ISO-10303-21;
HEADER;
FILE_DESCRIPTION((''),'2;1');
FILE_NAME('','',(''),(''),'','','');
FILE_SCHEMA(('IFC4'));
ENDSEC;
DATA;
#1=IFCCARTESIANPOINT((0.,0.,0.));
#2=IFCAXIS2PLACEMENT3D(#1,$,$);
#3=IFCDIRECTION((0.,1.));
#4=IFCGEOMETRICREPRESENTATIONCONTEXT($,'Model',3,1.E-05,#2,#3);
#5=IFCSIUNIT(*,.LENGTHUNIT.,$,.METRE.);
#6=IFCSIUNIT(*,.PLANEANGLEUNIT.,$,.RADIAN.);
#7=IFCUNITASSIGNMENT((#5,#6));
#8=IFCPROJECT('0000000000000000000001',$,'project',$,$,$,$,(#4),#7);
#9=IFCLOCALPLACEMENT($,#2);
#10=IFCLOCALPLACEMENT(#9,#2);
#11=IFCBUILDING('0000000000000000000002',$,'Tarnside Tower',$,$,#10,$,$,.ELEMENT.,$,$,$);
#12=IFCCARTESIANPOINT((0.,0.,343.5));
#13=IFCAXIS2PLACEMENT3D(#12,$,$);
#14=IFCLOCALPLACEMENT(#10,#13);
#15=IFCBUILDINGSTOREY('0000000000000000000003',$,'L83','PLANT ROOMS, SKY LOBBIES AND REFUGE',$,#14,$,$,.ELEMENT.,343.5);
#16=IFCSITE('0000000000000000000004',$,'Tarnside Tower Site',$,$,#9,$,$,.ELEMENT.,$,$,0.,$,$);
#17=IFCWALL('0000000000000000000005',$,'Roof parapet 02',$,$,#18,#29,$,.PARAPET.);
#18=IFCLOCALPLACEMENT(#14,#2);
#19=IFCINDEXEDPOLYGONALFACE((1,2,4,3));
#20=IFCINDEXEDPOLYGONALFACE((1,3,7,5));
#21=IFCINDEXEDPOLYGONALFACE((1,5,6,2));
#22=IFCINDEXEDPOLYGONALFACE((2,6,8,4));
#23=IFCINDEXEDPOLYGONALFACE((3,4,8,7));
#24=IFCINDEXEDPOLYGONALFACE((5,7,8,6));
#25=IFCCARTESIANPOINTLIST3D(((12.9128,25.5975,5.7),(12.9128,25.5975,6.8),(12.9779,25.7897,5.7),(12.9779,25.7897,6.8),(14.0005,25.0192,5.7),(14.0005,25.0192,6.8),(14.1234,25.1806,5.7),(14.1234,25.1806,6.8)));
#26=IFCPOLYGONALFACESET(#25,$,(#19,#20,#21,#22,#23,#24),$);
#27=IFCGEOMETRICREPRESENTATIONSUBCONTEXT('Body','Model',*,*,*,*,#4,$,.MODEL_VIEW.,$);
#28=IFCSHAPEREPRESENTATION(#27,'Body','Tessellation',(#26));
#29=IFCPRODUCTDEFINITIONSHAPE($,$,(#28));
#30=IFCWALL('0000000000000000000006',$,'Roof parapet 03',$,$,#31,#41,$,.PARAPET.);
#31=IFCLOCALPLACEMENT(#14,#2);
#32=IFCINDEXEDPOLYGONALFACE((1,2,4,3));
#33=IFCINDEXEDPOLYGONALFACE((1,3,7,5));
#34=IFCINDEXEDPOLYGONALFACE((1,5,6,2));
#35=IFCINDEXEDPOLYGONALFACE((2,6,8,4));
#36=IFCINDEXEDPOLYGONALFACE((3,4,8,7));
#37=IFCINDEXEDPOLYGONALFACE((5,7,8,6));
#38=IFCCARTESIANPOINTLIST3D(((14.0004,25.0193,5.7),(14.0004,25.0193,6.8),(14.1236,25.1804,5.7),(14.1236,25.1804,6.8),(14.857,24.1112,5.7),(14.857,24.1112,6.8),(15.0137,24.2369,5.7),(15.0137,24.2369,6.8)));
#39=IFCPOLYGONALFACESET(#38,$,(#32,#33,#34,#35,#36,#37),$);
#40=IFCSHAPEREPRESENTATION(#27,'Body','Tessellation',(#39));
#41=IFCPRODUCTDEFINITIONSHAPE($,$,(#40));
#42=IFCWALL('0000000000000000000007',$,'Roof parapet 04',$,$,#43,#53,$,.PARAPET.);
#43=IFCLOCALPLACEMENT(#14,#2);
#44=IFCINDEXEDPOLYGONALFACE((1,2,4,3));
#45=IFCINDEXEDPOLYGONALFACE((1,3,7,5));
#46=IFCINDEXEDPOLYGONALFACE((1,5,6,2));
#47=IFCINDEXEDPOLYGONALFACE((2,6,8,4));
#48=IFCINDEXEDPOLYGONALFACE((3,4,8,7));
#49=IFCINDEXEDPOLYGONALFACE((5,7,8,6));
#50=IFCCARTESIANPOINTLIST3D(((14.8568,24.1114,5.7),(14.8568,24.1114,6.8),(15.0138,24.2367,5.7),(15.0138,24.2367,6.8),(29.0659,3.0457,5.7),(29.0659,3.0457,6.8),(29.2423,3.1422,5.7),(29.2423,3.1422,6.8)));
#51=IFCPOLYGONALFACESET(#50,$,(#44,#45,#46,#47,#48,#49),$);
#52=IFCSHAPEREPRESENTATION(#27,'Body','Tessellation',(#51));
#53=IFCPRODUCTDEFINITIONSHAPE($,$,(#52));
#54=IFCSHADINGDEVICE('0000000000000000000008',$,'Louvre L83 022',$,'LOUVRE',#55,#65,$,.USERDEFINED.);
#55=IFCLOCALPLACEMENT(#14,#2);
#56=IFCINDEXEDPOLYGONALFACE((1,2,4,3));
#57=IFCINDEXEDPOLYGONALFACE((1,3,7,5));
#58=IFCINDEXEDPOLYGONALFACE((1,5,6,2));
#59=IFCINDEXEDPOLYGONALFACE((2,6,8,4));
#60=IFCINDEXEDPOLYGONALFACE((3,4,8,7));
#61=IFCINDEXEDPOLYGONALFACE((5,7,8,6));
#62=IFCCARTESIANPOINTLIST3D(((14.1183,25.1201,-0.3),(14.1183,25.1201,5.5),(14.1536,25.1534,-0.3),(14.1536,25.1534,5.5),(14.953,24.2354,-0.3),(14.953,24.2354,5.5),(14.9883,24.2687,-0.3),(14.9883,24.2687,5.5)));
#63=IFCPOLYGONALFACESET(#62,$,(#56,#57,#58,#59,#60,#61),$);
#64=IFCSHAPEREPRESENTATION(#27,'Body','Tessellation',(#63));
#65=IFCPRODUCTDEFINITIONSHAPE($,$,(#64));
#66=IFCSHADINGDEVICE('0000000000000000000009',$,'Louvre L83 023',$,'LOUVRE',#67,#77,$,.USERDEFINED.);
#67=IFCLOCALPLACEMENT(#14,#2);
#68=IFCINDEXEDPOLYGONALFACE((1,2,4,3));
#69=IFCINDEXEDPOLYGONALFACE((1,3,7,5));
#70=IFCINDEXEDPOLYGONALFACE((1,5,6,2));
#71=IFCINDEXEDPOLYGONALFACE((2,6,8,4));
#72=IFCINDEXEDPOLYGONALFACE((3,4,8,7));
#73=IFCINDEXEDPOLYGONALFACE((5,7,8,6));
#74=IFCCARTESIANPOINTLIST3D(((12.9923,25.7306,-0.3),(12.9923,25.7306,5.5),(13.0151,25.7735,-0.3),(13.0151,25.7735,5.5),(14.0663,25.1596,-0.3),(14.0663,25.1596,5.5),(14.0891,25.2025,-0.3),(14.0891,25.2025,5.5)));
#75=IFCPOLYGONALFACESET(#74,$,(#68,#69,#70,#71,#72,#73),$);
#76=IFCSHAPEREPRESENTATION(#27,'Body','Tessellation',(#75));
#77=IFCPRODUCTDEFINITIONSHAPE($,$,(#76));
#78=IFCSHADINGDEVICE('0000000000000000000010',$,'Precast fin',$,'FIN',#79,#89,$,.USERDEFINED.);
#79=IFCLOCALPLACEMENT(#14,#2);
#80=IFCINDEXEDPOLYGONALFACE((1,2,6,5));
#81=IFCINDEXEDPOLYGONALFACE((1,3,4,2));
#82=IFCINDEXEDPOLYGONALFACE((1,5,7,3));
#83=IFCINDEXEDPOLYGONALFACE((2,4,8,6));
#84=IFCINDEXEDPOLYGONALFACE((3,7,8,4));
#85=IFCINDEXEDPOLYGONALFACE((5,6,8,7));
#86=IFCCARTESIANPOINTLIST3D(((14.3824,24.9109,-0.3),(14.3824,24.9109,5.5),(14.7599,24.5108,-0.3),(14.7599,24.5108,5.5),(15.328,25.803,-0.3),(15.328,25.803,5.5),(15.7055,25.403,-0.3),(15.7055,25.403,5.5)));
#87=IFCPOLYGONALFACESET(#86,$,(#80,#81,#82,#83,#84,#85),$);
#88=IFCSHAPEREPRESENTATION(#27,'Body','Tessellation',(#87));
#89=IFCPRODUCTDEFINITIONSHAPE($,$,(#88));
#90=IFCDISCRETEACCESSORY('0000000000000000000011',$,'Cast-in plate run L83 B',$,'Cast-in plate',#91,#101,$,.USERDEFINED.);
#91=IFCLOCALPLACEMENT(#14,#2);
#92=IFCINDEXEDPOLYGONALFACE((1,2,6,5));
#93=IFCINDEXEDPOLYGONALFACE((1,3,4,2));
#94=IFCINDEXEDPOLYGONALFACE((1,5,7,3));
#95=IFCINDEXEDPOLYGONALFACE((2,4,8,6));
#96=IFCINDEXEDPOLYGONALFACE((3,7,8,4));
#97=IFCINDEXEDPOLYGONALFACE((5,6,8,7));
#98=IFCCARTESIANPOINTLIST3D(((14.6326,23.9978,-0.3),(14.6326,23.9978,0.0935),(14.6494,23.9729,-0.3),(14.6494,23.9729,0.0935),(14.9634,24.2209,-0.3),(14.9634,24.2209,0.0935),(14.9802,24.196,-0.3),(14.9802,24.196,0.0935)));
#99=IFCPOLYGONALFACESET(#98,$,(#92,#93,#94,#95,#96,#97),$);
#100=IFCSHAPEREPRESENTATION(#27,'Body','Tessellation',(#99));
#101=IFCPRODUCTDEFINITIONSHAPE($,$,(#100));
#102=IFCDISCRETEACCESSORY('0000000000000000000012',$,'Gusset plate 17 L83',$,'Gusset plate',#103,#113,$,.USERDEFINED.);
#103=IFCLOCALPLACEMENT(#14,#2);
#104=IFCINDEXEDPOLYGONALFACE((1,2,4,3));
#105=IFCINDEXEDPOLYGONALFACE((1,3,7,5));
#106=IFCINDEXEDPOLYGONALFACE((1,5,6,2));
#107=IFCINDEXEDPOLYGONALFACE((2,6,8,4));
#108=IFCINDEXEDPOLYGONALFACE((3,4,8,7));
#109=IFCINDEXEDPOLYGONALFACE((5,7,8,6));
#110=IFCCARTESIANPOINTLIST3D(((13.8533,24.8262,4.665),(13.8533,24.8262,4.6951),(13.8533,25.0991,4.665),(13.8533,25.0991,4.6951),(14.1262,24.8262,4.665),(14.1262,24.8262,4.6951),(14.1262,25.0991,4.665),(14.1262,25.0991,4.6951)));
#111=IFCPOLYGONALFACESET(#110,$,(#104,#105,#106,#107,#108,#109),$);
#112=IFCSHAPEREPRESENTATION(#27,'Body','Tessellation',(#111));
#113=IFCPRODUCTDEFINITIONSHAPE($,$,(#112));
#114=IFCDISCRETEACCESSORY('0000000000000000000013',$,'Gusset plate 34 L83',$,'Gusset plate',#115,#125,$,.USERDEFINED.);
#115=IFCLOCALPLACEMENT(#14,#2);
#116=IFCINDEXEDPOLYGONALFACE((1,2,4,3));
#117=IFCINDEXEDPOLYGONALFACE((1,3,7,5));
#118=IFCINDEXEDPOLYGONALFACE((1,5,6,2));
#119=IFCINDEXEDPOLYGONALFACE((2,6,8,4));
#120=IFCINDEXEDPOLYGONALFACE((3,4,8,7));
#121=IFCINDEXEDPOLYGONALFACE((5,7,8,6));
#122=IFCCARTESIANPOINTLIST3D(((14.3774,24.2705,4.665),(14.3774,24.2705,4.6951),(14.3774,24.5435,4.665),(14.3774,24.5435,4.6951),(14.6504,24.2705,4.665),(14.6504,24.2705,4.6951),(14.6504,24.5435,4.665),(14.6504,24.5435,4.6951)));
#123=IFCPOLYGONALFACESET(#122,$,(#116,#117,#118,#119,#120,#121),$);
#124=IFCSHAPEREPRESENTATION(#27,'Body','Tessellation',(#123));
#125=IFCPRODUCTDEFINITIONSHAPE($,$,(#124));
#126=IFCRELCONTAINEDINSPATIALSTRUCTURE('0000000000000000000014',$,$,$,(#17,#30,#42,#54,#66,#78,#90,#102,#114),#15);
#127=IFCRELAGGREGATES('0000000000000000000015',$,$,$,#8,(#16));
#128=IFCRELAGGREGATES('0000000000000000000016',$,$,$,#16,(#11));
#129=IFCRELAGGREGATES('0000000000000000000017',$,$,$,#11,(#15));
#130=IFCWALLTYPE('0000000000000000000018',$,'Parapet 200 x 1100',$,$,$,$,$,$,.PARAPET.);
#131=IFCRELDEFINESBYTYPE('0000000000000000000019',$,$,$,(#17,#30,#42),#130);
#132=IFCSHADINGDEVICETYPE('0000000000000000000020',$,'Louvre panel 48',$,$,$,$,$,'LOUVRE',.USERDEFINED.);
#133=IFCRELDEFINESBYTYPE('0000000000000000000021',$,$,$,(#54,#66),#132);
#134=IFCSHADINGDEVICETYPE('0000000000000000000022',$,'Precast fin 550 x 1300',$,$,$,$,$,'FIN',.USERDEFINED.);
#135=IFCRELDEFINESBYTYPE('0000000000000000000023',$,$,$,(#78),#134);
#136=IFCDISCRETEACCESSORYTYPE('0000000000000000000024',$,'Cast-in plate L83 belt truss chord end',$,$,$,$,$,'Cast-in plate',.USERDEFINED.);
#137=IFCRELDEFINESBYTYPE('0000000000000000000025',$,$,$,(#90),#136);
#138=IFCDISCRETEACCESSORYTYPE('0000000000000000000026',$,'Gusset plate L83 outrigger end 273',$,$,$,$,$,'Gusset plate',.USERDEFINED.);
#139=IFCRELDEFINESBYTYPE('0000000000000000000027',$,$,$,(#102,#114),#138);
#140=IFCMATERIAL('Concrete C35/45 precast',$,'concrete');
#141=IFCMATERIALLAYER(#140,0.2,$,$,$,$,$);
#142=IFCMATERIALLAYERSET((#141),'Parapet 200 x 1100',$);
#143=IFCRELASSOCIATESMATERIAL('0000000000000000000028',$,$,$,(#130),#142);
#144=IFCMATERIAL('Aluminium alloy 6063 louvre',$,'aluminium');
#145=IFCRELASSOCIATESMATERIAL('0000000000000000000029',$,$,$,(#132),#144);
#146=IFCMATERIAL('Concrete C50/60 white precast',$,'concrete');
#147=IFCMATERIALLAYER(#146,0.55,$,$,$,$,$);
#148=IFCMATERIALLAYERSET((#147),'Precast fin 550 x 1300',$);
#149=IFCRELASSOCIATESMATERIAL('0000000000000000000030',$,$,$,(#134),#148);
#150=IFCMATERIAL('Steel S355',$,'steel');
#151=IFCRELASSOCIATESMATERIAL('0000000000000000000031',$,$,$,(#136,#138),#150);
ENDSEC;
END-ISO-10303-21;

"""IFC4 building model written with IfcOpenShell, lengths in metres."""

from ifc_helpers import new_model, si_unit, direction, frame, origin, origin_2d, place, context, subcontext, project, spatial, polyline, rectangle, outline, extrude, material, layer, layer_set, type_object, element, save


model = new_model("IFC4")

# Units and contexts
model_context = context("Model", 3, precision=1e-05, world=origin(), true_north=direction((0.0, 1.0)))
body_context = subcontext(model_context, "Body", "Model", "MODEL_VIEW")
ifc_project = project(units=[si_unit("LENGTHUNIT", "METRE"), si_unit("PLANEANGLEUNIT", "RADIAN")], contexts=[model_context])

# Site, building, storey
site_placement = place(None, origin())
site = spatial("IfcSite", under=ifc_project, at=site_placement, Name="Tarnside Tower Site", CompositionType="ELEMENT", RefElevation=0.0)
building_placement = place(site_placement, origin())
building = spatial("IfcBuilding", under=site, at=building_placement, Name="Tarnside Tower", CompositionType="ELEMENT")
storey_placement = place(building_placement, frame((0.0, 0.0, 343.5)))
storey = spatial("IfcBuildingStorey", under=building, at=storey_placement, Name="L83", Description="PLANT ROOMS, SKY LOBBIES AND REFUGE", CompositionType="ELEMENT", Elevation=343.5)

# Shared definitions
ifc_material_1 = material(Name="Steel S355", Category="steel")

# Walls
ifc_material_2 = material(Name="Concrete C35/45 precast", Category="concrete")
ifc_layer_1 = layer(ifc_material_2, 0.2)
ifc_layer_set_1 = layer_set([ifc_layer_1], Name="Parapet 200 x 1100")
wall_type = type_object("IfcWallType", Name="Parapet 200 x 1100", PredefinedType="PARAPET", material=ifc_layer_set_1)
wall_1_placement = place(storey_placement, frame((12.9453, 25.6936, 5.7), z_axis=(0.0, 0.0, 1.0), x_axis=(0.882951, -0.469466, 0.0)))
element("IfcWall", 1, at=wall_1_placement, inside=storey, type_object=wall_type, Name="Roof parapet 02", PredefinedType="PARAPET", context=body_context, shape_type="SweptSolid", body=[
    extrude(outline(polyline([(0.0164, -0.1001), (1.2483, -0.1001), (1.281, 0.1001), (-0.0164, 0.1001), (0.0164, -0.1001)])), origin(), (0.0, 0.0, 1.0), 1.1001),
])
wall_2_placement = place(storey_placement, frame((14.062, 25.0999, 5.7), z_axis=(0.0, 0.0, 1.0), x_axis=(0.686184, -0.727428, 0.0)))
element("IfcWall", 2, at=wall_2_placement, inside=storey, type_object=wall_type, Name="Roof parapet 03", PredefinedType="PARAPET", context=body_context, shape_type="SweptSolid", body=[
    extrude(outline(polyline([(0.0164, -0.1001), (1.2646, -0.1001), (1.2808, 0.1001), (-0.0164, 0.1001), (0.0164, -0.1001)])), origin(), (0.0, 0.0, 1.0), 1.1001),
])
wall_3_placement = place(storey_placement, frame((14.9353, 24.1741, 5.7), z_axis=(0.0, 0.0, 1.0), x_axis=(0.559194, -0.829037, 0.0)))
element("IfcWall", 3, at=wall_3_placement, inside=storey, type_object=wall_type, Name="Roof parapet 04", PredefinedType="PARAPET", context=body_context, shape_type="SweptSolid", body=[
    extrude(outline(polyline([(0.0081, -0.1001), (25.418, -0.1001), (25.4365, 0.1001), (-0.0081, 0.1001), (0.0081, -0.1001)])), origin(), (0.0, 0.0, 1.0), 1.1001),
])

# Shading devices
ifc_material_3 = material(Name="Aluminium alloy 6063 louvre", Category="aluminium")
shading_device_type_1 = type_object("IfcShadingDeviceType", Name="Louvre panel 48", ElementType="LOUVRE", PredefinedType="USERDEFINED", material=ifc_material_3)
for number, where, z_axis, x_axis, name in (
    (4, (14.5356, 24.6777, -0.3), (0.686254, -0.727362, 0.0), (0.727362, 0.686254, 0.0), "Louvre L83 022"),
    (5, (13.5293, 25.4451, -0.3), (0.882967, -0.469436, 0.0), (0.469436, 0.882967, 0.0), "Louvre L83 023"),
):
    element("IfcShadingDevice", number, at=place(storey_placement, frame(where, z_axis=z_axis, x_axis=x_axis)), inside=storey, type_object=shading_device_type_1, Name=name, ObjectType="LOUVRE", PredefinedType="USERDEFINED", context=body_context, shape_type="SweptSolid", body=[
        extrude(outline(polyline([(0.0, 0.0), (0.0486, 0.0), (0.0486, 5.8), (0.0, 5.8), (0.0, 0.0)])), frame((0.0, 0.0, -0.6082)), (0.0, 0.0, 1.0), 1.2163),
    ])
ifc_material_4 = material(Name="Concrete C50/60 white precast", Category="concrete")
ifc_layer_2 = layer(ifc_material_4, 0.55)
ifc_layer_set_2 = layer_set([ifc_layer_2], Name="Precast fin 550 x 1300")
shading_device_type_2 = type_object("IfcShadingDeviceType", Name="Precast fin 550 x 1300", ElementType="FIN", PredefinedType="USERDEFINED", material=ifc_layer_set_2)
shading_device_placement = place(storey_placement, frame((14.571, 24.7109, -0.3), z_axis=(0.686242, -0.727374, 0.0), x_axis=(0.727374, 0.686242, 0.0)))
element("IfcShadingDevice", 6, at=shading_device_placement, inside=storey, type_object=shading_device_type_2, Name="Precast fin", ObjectType="FIN", PredefinedType="USERDEFINED", context=body_context, shape_type="SweptSolid", body=[
    extrude(outline(polyline([(0.0, 0.0), (1.3, 0.0), (1.3, 5.8), (0.0, 5.8), (0.0, 0.0)])), frame((0.0, 0.0, -0.2749)), (0.0, 0.0, 1.0), 0.55),
])

# Discrete accessories
discrete_accessory_type_1 = type_object("IfcDiscreteAccessoryType", Name="Cast-in plate L83 belt truss chord end", ElementType="Cast-in plate", PredefinedType="USERDEFINED", material=ifc_material_1)
discrete_accessory_placement = place(storey_placement, frame((14.8064, 24.0969, -0.3), z_axis=(0.0, 0.0, 1.0), x_axis=(-0.559193, 0.829038, 0.0)))
element("IfcDiscreteAccessory", 7, at=discrete_accessory_placement, inside=storey, type_object=discrete_accessory_type_1, Name="Cast-in plate run L83 B", ObjectType="Cast-in plate", PredefinedType="USERDEFINED", context=body_context, shape_type="SweptSolid", body=[
    extrude(rectangle(XDim=0.03, YDim=0.3989, at=origin_2d()), origin(), (0.0, 0.0, 1.0), 0.3936),
])
discrete_accessory_type_2 = type_object("IfcDiscreteAccessoryType", Name="Gusset plate L83 outrigger end 273", ElementType="Gusset plate", PredefinedType="USERDEFINED", material=ifc_material_1)
for number, where, z_axis, x_axis, name in (
    (8, (13.9897, 24.9626, 4.665), (0.0, 0.0, 1.0), (1.0, 0.0, 0.0), "Gusset plate 17 L83"),
    (9, (14.5139, 24.407, 4.665), (0.0, 0.0, 1.0), (1.0, 0.0, 0.0), "Gusset plate 34 L83"),
):
    element("IfcDiscreteAccessory", number, at=place(storey_placement, frame(where, z_axis=z_axis, x_axis=x_axis)), inside=storey, type_object=discrete_accessory_type_2, Name=name, ObjectType="Gusset plate", PredefinedType="USERDEFINED", context=body_context, shape_type="SweptSolid", body=[
        extrude(rectangle(XDim=0.2729, YDim=0.2729, at=origin_2d()), origin(), (0.0, 0.0, 1.0), 0.03),
    ])

save(model, "model.ifc")
